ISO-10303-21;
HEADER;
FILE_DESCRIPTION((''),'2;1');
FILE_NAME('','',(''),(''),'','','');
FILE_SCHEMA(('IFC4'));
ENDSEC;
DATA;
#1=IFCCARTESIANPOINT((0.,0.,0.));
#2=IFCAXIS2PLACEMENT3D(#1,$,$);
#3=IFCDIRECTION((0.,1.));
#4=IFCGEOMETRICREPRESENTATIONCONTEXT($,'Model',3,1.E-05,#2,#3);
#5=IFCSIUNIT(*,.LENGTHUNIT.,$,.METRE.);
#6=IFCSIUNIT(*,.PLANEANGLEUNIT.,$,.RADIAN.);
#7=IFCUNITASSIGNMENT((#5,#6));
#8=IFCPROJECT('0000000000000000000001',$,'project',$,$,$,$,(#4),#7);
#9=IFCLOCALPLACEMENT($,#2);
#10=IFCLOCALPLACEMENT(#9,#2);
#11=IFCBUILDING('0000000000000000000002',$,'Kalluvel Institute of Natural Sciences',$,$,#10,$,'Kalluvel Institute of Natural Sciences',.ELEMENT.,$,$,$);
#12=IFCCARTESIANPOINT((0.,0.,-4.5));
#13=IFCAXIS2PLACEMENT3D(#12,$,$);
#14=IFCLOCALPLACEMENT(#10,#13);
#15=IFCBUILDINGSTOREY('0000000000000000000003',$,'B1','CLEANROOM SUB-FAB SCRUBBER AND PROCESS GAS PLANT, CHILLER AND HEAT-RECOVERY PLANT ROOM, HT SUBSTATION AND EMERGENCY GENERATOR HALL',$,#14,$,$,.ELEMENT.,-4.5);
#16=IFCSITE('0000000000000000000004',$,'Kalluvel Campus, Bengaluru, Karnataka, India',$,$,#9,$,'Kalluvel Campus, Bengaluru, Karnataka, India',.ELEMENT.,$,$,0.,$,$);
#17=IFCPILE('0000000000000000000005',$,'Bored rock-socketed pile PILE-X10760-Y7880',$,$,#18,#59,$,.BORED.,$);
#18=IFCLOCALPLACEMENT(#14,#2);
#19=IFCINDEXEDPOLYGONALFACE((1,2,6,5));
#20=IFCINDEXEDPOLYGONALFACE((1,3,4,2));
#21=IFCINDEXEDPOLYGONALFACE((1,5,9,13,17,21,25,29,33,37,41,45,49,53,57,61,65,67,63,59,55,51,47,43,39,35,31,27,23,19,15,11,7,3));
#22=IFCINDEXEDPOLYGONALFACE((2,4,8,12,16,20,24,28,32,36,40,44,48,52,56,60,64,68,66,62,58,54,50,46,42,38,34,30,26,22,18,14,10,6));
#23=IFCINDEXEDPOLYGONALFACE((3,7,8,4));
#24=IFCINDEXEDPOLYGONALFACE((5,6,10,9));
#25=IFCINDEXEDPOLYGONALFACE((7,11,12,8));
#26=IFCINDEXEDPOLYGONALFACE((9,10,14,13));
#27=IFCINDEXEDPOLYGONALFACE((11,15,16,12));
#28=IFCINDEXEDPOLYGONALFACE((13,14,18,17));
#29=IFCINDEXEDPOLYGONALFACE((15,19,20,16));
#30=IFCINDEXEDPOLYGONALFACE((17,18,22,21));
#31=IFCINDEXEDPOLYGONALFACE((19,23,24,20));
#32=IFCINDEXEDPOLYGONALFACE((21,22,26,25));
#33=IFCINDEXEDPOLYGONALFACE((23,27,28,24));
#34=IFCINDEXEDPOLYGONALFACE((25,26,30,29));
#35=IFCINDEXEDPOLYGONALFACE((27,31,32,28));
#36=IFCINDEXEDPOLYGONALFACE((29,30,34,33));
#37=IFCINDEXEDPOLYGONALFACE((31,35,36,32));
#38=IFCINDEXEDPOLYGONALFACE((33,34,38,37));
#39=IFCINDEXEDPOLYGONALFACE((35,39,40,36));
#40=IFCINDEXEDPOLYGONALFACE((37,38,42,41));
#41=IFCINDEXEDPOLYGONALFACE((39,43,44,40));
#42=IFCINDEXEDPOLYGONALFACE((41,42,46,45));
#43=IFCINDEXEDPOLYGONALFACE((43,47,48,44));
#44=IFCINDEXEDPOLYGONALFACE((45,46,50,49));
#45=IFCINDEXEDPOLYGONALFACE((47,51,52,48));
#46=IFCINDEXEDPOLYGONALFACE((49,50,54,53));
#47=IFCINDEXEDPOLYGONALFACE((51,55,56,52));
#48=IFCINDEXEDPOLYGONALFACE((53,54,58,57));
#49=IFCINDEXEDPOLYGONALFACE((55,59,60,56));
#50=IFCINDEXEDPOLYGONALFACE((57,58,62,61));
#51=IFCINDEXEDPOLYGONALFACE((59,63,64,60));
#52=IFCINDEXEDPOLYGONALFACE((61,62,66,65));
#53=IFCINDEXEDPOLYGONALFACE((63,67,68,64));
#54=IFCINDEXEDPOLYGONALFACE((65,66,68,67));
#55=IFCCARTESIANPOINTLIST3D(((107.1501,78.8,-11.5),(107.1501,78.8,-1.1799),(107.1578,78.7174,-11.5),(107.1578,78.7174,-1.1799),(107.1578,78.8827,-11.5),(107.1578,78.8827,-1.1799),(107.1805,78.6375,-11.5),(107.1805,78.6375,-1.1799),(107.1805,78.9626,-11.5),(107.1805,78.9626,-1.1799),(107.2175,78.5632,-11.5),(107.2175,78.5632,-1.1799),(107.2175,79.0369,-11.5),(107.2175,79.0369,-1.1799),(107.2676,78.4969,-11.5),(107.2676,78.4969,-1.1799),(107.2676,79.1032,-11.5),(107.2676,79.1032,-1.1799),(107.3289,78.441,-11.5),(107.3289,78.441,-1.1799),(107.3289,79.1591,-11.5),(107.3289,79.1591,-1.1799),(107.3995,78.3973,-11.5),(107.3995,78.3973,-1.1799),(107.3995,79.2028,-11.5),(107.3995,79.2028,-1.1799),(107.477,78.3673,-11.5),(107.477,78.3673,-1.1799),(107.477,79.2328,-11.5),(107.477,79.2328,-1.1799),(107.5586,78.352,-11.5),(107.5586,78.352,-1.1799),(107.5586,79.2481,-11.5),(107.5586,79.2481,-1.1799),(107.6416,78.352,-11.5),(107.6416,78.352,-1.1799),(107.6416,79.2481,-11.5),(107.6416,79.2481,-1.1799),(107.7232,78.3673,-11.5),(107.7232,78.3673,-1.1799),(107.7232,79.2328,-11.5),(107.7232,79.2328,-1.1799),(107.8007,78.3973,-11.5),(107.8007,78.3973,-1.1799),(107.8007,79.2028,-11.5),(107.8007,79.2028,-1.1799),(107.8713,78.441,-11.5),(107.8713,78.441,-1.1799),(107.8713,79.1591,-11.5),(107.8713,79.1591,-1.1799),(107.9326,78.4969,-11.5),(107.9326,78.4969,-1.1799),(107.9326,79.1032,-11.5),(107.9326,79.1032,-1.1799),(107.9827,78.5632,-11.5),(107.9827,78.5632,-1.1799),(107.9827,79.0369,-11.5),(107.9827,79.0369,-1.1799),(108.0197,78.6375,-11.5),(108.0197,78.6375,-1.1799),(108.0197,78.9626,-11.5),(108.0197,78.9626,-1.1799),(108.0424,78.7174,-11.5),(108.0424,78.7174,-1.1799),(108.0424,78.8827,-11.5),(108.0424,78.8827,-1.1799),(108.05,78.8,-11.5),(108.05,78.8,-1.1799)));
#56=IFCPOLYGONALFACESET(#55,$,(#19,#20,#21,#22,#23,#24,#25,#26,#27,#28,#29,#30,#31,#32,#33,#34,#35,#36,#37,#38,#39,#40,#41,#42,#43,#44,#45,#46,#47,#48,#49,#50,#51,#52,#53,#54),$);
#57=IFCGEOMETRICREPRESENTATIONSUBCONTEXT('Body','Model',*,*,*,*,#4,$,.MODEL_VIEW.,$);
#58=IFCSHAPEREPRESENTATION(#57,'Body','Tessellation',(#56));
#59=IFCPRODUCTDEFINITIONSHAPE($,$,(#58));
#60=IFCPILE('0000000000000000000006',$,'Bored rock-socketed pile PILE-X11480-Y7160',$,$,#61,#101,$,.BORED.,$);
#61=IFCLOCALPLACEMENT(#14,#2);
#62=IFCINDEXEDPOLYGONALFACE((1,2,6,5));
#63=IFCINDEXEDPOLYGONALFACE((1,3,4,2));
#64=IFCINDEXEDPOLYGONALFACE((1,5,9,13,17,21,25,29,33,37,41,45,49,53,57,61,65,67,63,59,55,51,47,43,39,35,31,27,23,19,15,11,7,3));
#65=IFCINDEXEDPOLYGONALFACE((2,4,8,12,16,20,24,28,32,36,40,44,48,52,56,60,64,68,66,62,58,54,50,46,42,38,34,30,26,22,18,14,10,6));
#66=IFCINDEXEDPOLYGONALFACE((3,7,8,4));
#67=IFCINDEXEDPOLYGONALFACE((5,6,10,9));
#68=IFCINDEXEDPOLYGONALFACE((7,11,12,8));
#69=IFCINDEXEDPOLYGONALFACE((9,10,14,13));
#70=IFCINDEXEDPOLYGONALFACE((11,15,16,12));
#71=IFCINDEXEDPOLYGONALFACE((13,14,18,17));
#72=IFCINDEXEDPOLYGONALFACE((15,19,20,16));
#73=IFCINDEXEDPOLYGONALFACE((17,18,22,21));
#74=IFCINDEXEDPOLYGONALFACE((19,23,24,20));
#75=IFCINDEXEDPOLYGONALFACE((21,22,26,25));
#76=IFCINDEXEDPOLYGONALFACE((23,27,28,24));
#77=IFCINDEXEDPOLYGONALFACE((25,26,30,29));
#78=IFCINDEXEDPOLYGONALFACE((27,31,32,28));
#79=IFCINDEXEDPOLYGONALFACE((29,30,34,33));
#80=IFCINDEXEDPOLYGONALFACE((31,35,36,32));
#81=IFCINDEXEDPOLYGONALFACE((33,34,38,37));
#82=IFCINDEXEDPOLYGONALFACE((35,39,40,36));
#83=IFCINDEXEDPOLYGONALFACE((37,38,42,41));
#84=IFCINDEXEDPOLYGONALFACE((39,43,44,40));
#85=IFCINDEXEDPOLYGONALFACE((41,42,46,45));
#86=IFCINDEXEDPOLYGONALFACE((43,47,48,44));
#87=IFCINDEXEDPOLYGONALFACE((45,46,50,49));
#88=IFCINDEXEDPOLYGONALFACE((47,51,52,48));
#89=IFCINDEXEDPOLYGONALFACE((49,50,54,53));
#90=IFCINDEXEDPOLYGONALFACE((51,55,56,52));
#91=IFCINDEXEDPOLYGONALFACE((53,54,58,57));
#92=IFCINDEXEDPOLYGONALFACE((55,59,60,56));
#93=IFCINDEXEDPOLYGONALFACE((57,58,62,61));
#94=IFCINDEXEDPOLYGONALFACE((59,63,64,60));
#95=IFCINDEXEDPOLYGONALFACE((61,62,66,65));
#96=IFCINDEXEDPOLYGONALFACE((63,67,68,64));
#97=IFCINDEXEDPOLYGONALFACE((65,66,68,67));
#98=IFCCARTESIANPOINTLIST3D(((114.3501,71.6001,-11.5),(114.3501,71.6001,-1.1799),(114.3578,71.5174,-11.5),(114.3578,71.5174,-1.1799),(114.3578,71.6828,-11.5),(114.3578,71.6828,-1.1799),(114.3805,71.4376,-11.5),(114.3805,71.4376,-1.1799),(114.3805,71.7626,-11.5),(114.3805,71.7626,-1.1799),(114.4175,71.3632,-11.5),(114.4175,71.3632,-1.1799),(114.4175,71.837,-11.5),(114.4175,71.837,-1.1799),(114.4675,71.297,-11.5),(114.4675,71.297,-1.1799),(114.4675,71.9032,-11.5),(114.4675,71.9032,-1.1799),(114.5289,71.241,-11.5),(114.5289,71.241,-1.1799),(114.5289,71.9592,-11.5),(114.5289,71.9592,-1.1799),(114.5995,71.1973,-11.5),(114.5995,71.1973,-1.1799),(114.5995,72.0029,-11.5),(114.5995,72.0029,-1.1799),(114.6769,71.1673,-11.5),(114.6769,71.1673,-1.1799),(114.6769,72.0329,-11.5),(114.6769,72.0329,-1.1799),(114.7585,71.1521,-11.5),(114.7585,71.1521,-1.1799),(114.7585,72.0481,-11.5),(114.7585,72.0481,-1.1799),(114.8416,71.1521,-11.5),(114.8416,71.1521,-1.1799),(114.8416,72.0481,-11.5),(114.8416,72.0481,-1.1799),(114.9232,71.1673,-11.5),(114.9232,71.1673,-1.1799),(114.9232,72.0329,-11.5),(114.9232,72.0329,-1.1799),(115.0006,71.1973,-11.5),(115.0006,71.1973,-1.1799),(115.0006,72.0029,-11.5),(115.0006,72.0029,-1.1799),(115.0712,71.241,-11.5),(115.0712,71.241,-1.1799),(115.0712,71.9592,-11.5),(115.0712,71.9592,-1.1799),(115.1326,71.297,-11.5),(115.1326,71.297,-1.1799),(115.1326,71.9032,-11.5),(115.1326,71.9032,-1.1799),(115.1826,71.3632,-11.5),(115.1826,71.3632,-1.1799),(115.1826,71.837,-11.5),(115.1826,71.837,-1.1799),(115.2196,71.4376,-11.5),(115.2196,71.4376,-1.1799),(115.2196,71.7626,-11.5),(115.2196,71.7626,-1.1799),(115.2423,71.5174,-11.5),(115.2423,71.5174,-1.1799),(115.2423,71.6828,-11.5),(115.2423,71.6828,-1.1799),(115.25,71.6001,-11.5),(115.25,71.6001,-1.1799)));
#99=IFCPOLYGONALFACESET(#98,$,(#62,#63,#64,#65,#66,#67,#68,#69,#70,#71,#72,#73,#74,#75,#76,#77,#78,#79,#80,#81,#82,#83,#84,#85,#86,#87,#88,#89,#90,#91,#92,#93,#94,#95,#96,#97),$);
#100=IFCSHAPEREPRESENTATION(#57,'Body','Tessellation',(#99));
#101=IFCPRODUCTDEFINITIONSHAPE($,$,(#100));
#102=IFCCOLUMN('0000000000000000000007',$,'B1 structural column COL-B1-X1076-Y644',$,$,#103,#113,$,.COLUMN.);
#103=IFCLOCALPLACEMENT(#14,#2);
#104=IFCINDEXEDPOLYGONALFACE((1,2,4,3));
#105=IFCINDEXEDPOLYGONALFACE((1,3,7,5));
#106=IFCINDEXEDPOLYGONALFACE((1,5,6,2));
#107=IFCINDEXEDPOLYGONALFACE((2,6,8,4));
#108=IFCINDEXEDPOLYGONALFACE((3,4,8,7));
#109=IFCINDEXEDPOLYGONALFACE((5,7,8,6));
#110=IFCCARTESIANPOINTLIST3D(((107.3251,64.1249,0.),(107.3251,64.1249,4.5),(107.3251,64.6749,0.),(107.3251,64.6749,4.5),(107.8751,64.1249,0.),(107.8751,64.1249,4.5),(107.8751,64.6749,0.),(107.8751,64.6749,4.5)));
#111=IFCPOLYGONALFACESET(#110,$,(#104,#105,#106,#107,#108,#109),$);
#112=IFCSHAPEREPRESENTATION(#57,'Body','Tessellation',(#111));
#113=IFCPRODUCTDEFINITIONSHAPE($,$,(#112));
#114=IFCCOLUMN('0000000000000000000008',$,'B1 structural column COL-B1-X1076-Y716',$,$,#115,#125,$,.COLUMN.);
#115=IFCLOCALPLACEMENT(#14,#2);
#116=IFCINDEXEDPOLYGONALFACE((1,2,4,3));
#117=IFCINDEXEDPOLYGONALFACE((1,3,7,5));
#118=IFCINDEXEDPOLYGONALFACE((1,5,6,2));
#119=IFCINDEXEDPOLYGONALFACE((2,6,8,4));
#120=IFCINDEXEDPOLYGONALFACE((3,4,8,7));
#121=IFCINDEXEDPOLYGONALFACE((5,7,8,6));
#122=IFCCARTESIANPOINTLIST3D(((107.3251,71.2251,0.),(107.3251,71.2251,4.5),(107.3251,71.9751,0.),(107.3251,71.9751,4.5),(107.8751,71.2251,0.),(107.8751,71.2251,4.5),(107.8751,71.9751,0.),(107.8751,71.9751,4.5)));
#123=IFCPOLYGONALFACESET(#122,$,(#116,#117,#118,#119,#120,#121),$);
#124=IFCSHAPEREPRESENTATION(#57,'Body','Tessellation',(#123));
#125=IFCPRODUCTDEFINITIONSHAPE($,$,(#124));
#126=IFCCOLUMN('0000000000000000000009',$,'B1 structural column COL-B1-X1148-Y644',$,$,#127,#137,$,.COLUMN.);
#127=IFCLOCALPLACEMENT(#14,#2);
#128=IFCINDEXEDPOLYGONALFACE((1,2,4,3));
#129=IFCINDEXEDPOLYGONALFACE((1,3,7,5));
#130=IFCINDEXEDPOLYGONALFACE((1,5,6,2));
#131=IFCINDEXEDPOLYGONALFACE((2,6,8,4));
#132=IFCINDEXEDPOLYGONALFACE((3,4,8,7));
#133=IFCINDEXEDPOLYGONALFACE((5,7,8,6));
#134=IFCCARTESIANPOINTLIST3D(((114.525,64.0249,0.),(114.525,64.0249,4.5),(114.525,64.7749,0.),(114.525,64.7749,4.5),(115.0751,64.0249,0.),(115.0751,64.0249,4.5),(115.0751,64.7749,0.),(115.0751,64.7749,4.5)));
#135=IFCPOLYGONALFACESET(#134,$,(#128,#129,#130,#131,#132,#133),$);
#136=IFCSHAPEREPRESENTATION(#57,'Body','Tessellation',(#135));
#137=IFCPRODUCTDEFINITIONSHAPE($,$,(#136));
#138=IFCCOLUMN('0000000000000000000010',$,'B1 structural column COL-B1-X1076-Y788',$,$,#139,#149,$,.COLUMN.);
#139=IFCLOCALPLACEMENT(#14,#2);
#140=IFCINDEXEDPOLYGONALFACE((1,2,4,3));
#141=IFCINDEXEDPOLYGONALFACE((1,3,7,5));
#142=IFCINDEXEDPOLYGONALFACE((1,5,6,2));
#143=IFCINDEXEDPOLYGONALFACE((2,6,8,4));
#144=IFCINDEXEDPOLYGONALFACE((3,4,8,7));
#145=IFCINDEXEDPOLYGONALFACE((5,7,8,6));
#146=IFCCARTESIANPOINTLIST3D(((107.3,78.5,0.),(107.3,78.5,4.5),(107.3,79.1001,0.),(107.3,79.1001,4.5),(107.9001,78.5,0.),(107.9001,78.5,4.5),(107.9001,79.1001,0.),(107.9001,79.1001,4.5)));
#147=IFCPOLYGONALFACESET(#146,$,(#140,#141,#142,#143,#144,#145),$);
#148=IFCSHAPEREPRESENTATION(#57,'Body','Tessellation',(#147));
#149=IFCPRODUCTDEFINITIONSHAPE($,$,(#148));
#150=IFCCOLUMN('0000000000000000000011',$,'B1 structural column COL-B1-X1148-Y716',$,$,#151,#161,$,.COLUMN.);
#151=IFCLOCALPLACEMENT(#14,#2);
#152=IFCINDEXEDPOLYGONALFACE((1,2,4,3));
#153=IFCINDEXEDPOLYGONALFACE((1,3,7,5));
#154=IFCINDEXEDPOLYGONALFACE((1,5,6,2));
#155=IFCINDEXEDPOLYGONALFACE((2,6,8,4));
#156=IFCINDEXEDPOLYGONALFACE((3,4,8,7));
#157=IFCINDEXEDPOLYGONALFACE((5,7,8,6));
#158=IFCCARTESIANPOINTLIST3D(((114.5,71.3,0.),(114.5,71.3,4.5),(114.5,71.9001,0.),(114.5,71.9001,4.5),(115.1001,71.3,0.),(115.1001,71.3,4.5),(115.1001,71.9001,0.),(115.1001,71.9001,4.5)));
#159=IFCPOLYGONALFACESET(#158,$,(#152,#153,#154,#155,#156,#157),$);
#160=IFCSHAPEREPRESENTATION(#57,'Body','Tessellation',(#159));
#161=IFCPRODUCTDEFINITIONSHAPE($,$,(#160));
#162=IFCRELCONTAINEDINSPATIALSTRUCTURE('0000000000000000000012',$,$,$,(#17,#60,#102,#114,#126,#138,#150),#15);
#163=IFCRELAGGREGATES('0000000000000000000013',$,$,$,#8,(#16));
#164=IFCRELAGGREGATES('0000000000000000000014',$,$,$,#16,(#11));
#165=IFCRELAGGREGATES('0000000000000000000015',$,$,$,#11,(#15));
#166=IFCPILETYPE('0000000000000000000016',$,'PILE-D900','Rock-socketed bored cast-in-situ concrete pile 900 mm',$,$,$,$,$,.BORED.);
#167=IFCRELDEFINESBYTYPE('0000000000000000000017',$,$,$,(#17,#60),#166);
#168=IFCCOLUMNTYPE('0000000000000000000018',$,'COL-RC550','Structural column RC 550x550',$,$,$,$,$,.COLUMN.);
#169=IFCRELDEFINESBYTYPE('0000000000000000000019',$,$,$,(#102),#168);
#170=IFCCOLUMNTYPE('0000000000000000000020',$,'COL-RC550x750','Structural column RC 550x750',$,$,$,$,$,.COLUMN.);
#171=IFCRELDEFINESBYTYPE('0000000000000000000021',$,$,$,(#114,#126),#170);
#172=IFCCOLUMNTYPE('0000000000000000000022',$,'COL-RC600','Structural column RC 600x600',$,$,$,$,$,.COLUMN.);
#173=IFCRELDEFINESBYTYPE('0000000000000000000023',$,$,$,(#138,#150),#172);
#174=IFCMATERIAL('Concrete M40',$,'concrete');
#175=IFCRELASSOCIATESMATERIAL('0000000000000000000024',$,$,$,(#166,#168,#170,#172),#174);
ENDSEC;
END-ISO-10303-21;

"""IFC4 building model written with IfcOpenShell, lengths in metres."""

from ifc_helpers import new_model, si_unit, direction, frame, origin, origin_2d, place, context, subcontext, project, spatial, rectangle, circle, extrude, material, material_profile, profile_set, type_object, element, save


model = new_model("IFC4")

# Units and contexts
model_context = context("Model", 3, precision=1e-05, world=origin(), true_north=direction((0.0, 1.0)))
body_context = subcontext(model_context, "Body", "Model", "MODEL_VIEW")
ifc_project = project(units=[si_unit("LENGTHUNIT", "METRE"), si_unit("PLANEANGLEUNIT", "RADIAN")], contexts=[model_context])

# Site, building, storey
site_placement = place(None, origin())
site = spatial("IfcSite", under=ifc_project, at=site_placement, Name="Kalluvel Campus, Bengaluru, Karnataka, India", LongName="Kalluvel Campus, Bengaluru, Karnataka, India", CompositionType="ELEMENT", RefElevation=0.0)
building_placement = place(site_placement, origin())
building = spatial("IfcBuilding", under=site, at=building_placement, Name="Kalluvel Institute of Natural Sciences", LongName="Kalluvel Institute of Natural Sciences", CompositionType="ELEMENT")
storey_placement = place(building_placement, frame((0.0, 0.0, -4.5)))
storey = spatial("IfcBuildingStorey", under=building, at=storey_placement, Name="B1", Description="CLEANROOM SUB-FAB SCRUBBER AND PROCESS GAS PLANT, CHILLER AND HEAT-RECOVERY PLANT ROOM, HT SUBSTATION AND EMERGENCY GENERATOR HALL", CompositionType="ELEMENT", Elevation=-4.5)

# Shared definitions
ifc_material = material(Name="Concrete M40", Category="concrete")

# Piles
ifc_material_profile_1 = material_profile(ifc_material, circle(Radius=0.45, at=origin_2d()), Name="PILE D900")
ifc_profile_set_1 = profile_set([ifc_material_profile_1], Name="Concrete M40")
pile_type_1 = type_object("IfcPileType", Name="PILE-D900", Description="Rock-socketed bored cast-in-situ concrete pile 900 mm", PredefinedType="BORED", material=ifc_profile_set_1)
for number, where, z_axis, x_axis, name in (
    (1, (107.6001, 78.8, -1.1799), (0.0, 0.0, -1.0), (1.0, 0.0, 0.0), "Bored rock-socketed pile PILE-X10760-Y7880"),
    (2, (114.8, 71.6001, -1.1799), (0.0, 0.0, -1.0), (1.0, 0.0, 0.0), "Bored rock-socketed pile PILE-X11480-Y7160"),
):
    element("IfcPile", number, at=place(storey_placement, frame(where, z_axis=z_axis, x_axis=x_axis)), inside=storey, type_object=pile_type_1, Name=name, PredefinedType="BORED", context=body_context, shape_type="SweptSolid", body=[
        extrude(circle(Radius=0.45, at=origin_2d()), origin(), (0.0, 0.0, 1.0), 10.3201),
    ])

# Columns
ifc_material_profile_2 = material_profile(ifc_material, rectangle(XDim=0.55, YDim=0.55, at=origin_2d()), Name="RC 550x550")
ifc_profile_set_2 = profile_set([ifc_material_profile_2], Name="Concrete M40")
column_type_1 = type_object("IfcColumnType", Name="COL-RC550", Description="Structural column RC 550x550", PredefinedType="COLUMN", material=ifc_profile_set_2)
column_placement = place(storey_placement, frame((107.6001, 64.3999, 0.0), z_axis=(0.0, 0.0, 1.0), x_axis=(1.0, 0.0, 0.0)))
element("IfcColumn", 3, at=column_placement, inside=storey, type_object=column_type_1, Name="B1 structural column COL-B1-X1076-Y644", PredefinedType="COLUMN", context=body_context, shape_type="SweptSolid", body=[
    extrude(rectangle(XDim=0.55, YDim=0.55, at=origin_2d()), origin(), (0.0, 0.0, 1.0), 4.5),
])
ifc_material_profile_3 = material_profile(ifc_material, rectangle(XDim=0.55, YDim=0.75, at=origin_2d()), Name="RC 550x750")
ifc_profile_set_3 = profile_set([ifc_material_profile_3], Name="Concrete M40")
column_type_2 = type_object("IfcColumnType", Name="COL-RC550x750", Description="Structural column RC 550x750", PredefinedType="COLUMN", material=ifc_profile_set_3)
for number, where, z_axis, x_axis, name in (
    (4, (107.6001, 71.6001, 0.0), (0.0, 0.0, 1.0), (1.0, 0.0, 0.0), "B1 structural column COL-B1-X1076-Y716"),
    (5, (114.8, 64.3999, 0.0), (0.0, 0.0, 1.0), (1.0, 0.0, 0.0), "B1 structural column COL-B1-X1148-Y644"),
):
    element("IfcColumn", number, at=place(storey_placement, frame(where, z_axis=z_axis, x_axis=x_axis)), inside=storey, type_object=column_type_2, Name=name, PredefinedType="COLUMN", context=body_context, shape_type="SweptSolid", body=[
        extrude(rectangle(XDim=0.55, YDim=0.75, at=origin_2d()), origin(), (0.0, 0.0, 1.0), 4.5),
    ])
ifc_material_profile_4 = material_profile(ifc_material, rectangle(XDim=0.6001, YDim=0.6001, at=origin_2d()), Name="RC 600x600")
ifc_profile_set_4 = profile_set([ifc_material_profile_4], Name="Concrete M40")
column_type_3 = type_object("IfcColumnType", Name="COL-RC600", Description="Structural column RC 600x600", PredefinedType="COLUMN", material=ifc_profile_set_4)
for number, where, z_axis, x_axis, name in (
    (6, (107.6001, 78.8, 0.0), (0.0, 0.0, 1.0), (1.0, 0.0, 0.0), "B1 structural column COL-B1-X1076-Y788"),
    (7, (114.8, 71.6001, 0.0), (0.0, 0.0, 1.0), (1.0, 0.0, 0.0), "B1 structural column COL-B1-X1148-Y716"),
):
    element("IfcColumn", number, at=place(storey_placement, frame(where, z_axis=z_axis, x_axis=x_axis)), inside=storey, type_object=column_type_3, Name=name, PredefinedType="COLUMN", context=body_context, shape_type="SweptSolid", body=[
        extrude(rectangle(XDim=0.6001, YDim=0.6001, at=origin_2d()), origin(), (0.0, 0.0, 1.0), 4.5),
    ])

save(model, "model.ifc")
